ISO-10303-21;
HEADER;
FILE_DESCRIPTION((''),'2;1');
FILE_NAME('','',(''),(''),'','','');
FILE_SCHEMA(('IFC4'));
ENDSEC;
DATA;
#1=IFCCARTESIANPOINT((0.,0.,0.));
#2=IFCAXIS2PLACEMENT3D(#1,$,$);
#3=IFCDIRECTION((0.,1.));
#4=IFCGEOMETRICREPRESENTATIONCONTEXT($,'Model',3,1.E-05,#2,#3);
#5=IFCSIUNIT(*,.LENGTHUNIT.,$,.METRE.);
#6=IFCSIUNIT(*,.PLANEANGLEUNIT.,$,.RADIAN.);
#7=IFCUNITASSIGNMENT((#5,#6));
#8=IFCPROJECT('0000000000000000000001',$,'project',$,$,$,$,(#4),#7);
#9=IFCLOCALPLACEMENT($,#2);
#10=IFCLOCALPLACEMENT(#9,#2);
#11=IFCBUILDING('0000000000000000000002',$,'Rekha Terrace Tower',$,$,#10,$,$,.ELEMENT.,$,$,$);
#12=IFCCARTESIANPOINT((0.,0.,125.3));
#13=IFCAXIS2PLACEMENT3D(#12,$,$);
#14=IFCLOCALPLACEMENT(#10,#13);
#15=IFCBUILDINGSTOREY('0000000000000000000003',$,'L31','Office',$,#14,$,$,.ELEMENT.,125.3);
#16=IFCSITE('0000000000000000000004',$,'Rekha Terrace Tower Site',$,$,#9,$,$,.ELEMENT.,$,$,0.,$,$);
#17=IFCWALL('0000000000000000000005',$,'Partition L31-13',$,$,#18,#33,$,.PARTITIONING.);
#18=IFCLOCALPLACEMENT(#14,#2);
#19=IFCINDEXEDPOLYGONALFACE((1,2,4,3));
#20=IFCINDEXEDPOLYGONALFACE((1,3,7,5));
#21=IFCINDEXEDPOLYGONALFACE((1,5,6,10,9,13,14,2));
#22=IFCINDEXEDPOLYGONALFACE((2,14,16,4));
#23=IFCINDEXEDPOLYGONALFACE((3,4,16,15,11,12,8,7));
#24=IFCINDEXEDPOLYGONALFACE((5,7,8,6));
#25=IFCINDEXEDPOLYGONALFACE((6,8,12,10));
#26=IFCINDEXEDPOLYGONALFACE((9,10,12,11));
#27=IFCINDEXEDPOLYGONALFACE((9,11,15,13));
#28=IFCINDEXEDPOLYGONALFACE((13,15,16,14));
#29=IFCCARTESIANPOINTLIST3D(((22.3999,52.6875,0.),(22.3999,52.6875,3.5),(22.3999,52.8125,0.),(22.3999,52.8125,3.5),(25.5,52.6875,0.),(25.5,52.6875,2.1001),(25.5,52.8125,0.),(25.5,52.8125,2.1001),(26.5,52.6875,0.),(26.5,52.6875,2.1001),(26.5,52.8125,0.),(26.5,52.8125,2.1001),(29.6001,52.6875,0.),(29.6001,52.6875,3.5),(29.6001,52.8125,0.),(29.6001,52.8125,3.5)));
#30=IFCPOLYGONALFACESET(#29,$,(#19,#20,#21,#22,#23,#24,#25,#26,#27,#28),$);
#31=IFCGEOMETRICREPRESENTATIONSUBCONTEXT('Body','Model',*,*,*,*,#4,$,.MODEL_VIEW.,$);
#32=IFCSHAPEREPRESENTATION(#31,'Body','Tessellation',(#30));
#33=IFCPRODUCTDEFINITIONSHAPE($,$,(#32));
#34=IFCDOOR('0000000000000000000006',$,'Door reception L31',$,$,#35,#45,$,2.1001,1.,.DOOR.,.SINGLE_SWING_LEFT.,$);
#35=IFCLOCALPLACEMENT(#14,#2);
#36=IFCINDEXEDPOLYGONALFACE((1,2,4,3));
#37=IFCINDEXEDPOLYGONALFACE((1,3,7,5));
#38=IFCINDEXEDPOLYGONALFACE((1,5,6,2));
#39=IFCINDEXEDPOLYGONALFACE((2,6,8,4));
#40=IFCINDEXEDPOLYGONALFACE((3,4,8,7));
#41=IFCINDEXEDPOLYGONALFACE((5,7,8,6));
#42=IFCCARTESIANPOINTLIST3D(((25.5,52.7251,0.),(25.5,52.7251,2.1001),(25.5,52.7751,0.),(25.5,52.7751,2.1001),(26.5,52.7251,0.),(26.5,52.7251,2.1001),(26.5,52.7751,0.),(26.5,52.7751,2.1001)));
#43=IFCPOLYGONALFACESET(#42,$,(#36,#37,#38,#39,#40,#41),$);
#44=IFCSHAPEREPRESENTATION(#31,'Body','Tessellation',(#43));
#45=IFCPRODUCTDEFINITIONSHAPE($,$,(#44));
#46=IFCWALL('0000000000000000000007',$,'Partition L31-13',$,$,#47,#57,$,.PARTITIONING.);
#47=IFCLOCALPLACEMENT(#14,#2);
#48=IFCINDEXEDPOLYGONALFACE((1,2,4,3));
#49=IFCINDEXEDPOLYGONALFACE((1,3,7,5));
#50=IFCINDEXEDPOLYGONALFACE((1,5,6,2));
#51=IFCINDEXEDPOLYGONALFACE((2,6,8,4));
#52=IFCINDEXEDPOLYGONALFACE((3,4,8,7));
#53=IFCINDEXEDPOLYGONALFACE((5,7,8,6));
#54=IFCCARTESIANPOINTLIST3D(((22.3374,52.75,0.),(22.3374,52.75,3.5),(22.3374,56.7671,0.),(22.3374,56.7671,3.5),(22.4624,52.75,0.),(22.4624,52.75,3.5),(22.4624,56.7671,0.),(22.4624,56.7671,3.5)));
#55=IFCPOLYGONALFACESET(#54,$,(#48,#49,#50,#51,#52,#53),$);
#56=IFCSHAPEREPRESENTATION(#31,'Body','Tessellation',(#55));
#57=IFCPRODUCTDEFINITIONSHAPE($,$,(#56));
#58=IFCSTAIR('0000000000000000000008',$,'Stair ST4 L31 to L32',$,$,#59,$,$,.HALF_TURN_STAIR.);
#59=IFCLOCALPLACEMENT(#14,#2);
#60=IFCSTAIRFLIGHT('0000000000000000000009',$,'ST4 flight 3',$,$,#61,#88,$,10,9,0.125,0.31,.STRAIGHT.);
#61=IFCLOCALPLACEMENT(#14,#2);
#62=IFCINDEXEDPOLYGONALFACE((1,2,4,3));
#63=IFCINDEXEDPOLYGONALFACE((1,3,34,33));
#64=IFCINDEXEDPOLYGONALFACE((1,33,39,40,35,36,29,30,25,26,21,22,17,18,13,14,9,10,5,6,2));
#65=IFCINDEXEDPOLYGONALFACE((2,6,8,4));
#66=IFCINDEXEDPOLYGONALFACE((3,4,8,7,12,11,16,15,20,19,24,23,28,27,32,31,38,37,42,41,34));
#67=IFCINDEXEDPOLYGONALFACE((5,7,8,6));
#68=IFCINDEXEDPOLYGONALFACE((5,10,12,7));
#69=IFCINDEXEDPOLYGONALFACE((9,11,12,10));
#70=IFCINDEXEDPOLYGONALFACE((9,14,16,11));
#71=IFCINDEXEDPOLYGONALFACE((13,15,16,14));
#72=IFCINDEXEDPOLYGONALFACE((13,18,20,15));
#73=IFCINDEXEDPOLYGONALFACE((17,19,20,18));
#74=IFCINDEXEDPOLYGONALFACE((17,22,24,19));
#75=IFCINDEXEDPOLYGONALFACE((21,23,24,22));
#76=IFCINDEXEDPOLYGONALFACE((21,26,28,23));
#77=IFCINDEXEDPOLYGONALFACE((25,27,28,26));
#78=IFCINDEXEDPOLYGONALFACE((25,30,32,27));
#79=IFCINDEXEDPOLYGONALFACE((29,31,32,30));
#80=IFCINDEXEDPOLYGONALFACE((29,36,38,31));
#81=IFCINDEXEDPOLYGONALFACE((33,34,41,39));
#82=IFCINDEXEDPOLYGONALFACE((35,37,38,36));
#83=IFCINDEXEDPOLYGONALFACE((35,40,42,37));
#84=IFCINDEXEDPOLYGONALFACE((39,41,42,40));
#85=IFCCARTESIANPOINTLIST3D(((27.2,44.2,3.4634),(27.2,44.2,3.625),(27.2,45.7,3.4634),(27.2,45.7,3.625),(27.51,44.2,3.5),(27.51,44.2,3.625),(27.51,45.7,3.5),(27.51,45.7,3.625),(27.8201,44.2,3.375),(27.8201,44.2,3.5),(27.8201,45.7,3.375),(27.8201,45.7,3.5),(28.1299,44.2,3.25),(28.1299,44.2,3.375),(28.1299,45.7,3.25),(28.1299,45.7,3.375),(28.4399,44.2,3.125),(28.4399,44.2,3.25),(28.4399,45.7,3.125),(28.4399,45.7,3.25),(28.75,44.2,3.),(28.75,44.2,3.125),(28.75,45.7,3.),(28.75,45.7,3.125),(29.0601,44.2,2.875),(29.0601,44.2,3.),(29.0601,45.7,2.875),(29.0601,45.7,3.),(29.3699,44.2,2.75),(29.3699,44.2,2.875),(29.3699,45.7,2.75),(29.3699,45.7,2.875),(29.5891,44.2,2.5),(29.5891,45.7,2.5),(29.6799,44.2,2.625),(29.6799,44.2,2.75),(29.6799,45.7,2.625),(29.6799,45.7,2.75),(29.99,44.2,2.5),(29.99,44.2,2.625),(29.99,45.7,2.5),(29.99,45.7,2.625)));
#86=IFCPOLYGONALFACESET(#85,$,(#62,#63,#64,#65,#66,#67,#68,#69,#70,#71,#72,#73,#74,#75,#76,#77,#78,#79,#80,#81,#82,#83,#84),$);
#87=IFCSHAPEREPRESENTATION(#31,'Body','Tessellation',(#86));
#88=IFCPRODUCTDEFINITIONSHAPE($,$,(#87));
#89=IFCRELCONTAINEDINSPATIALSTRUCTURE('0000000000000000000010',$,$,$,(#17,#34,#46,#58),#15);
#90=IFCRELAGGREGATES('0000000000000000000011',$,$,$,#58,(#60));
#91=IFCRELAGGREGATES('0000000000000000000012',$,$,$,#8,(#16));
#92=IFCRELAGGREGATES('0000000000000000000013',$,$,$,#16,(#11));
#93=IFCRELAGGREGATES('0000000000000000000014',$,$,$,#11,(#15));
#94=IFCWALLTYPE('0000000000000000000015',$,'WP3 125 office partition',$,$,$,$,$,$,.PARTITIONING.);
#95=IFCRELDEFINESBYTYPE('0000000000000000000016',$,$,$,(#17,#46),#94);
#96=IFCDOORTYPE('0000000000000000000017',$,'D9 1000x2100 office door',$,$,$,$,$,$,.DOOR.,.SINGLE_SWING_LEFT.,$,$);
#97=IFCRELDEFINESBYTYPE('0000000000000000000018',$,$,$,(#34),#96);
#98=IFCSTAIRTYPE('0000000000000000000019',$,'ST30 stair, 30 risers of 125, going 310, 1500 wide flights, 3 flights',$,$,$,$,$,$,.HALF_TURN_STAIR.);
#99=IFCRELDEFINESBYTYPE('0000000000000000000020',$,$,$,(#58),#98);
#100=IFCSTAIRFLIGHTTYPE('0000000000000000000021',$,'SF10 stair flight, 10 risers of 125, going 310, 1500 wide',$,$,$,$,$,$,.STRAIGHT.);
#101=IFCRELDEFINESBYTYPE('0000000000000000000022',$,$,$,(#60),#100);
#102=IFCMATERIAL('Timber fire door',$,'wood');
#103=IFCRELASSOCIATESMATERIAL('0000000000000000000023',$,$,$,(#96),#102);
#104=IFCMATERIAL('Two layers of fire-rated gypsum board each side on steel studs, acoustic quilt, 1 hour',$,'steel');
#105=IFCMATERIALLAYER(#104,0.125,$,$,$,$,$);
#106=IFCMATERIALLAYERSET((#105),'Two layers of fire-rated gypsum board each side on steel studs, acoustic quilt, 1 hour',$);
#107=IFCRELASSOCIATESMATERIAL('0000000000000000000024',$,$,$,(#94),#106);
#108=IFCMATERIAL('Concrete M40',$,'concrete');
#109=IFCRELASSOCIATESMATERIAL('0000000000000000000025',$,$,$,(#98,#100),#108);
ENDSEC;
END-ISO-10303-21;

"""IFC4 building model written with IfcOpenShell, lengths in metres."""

from ifc_helpers import new_model, si_unit, direction, frame, frame_2d, origin, place, context, subcontext, project, spatial, polyline, rectangle, outline, extrude, material, layer, layer_set, type_object, element, fill, aggregate, save


model = new_model("IFC4")

# Units and contexts
model_context = context("Model", 3, precision=1e-05, world=origin(), true_north=direction((0.0, 1.0)))
body_context = subcontext(model_context, "Body", "Model", "MODEL_VIEW")
ifc_project = project(units=[si_unit("LENGTHUNIT", "METRE"), si_unit("PLANEANGLEUNIT", "RADIAN")], contexts=[model_context])

# Site, building, storey
site_placement = place(None, origin())
site = spatial("IfcSite", under=ifc_project, at=site_placement, Name="Rekha Terrace Tower Site", CompositionType="ELEMENT", RefElevation=0.0)
building_placement = place(site_placement, origin())
building = spatial("IfcBuilding", under=site, at=building_placement, Name="Rekha Terrace Tower", CompositionType="ELEMENT")
storey_placement = place(building_placement, frame((0.0, 0.0, 125.3)))
storey = spatial("IfcBuildingStorey", under=building, at=storey_placement, Name="L31", Description="Office", CompositionType="ELEMENT", Elevation=125.3)

# Shared definitions
ifc_material_1 = material(Name="Timber fire door", Category="wood")
door_type_1 = type_object("IfcDoorType", Name="D9 1000x2100 office door", OperationType="SINGLE_SWING_LEFT", PredefinedType="DOOR", material=ifc_material_1)

# Shared definitions
ifc_material_2 = material(Name="Two layers of fire-rated gypsum board each side on steel studs, acoustic quilt, 1 hour", Category="steel")
ifc_layer_1 = layer(ifc_material_2, 0.125)
ifc_layer_set_1 = layer_set([ifc_layer_1], Name="Two layers of fire-rated gypsum board each side on steel studs, acoustic quilt, 1 hour")
wall_type_1 = type_object("IfcWallType", Name="WP3 125 office partition", PredefinedType="PARTITIONING", material=ifc_layer_set_1)

# Wall, opening, door
wall_1_placement = place(storey_placement, frame((29.6001, 52.75, 0.0), z_axis=(0.0, 0.0, 1.0), x_axis=(-1.0, 0.0, 0.0)))
wall_1 = element("IfcWall", 1, at=wall_1_placement, inside=storey, type_object=wall_type_1, Name="Partition L31-13", PredefinedType="PARTITIONING", context=body_context, shape_type="SweptSolid", body=[
    extrude(rectangle(XDim=7.2002, YDim=0.125, at=frame_2d((3.6001, 0.0))), origin(), (0.0, 0.0, 1.0), 3.5),
])
opening_1_placement = place(wall_1_placement, frame((3.1001, 0.0, 0.0)))
opening_1 = element("IfcOpeningElement", 2, at=opening_1_placement, cuts=wall_1, PredefinedType="OPENING", context=body_context, shape_type="SweptSolid", body=[
    extrude(rectangle(XDim=1.0, YDim=2.1001, at=frame_2d((0.5, 1.05))), frame((0.0, 0.0725, 0.0), z_axis=(0.0, -1.0, 0.0), x_axis=(1.0, 0.0, 0.0)), (0.0, 0.0, 1.0), 0.145),
])
door_1_placement = place(opening_1_placement, origin())
door_1 = element("IfcDoor", 3, at=door_1_placement, inside=storey, type_object=door_type_1, Name="Door reception L31", OperationType="SINGLE_SWING_LEFT", OverallHeight=2.1001, OverallWidth=1.0, PredefinedType="DOOR", context=body_context, shape_type="SweptSolid", body=[
    extrude(rectangle(XDim=1.0, YDim=2.1001, at=frame_2d((0.5, 1.05))), frame((0.0, 0.0249, 0.0), z_axis=(0.0, -1.0, 0.0), x_axis=(1.0, 0.0, 0.0)), (0.0, 0.0, 1.0), 0.05),
])
fill(opening_1, door_1)

# Wall
wall_2_placement = place(storey_placement, frame((22.3999, 52.75, 0.0), z_axis=(0.0, 0.0, 1.0), x_axis=(0.0, 1.0, 0.0)))
element("IfcWall", 4, at=wall_2_placement, inside=storey, type_object=wall_type_1, Name="Partition L31-13", PredefinedType="PARTITIONING", context=body_context, shape_type="SweptSolid", body=[
    extrude(rectangle(XDim=4.0171, YDim=0.125, at=frame_2d((2.0085, 0.0))), origin(), (0.0, 0.0, 1.0), 3.5),
])

# Stair, stair flight
ifc_material_3 = material(Name="Concrete M40", Category="concrete")
stair_type = type_object("IfcStairType", Name="ST30 stair, 30 risers of 125, going 310, 1500 wide flights, 3 flights", PredefinedType="HALF_TURN_STAIR", material=ifc_material_3)
stair_placement = place(storey_placement, origin())
stair = element("IfcStair", 5, at=stair_placement, inside=storey, type_object=stair_type, Name="Stair ST4 L31 to L32", PredefinedType="HALF_TURN_STAIR")
stair_flight_type = type_object("IfcStairFlightType", Name="SF10 stair flight, 10 risers of 125, going 310, 1500 wide", PredefinedType="STRAIGHT", material=ifc_material_3)
stair_flight_placement = place(storey_placement, frame((29.99, 44.95, 2.5), z_axis=(0.0, 0.0, 1.0), x_axis=(-1.0, 0.0, 0.0)))
stair_flight = element("IfcStairFlight", 6, at=stair_flight_placement, type_object=stair_flight_type, Name="ST4 flight 3", NumberOfRisers=10, NumberOfTreads=9, PredefinedType="STRAIGHT", RiserHeight=0.125, TreadLength=0.31, context=body_context, shape_type="SweptSolid", body=[
    extrude(outline(polyline([(0.0, 0.0), (0.0, 0.125), (0.3101, 0.125), (0.3101, 0.25), (0.6201, 0.25), (0.6201, 0.375), (0.9299, 0.375), (0.9299, 0.5), (1.24, 0.5), (1.24, 0.625), (1.55, 0.625), (1.55, 0.75), (1.8601, 0.75), (1.8601, 0.875), (2.1699, 0.875), (2.1699, 1.0), (2.48, 1.0), (2.48, 1.125), (2.79, 1.125), (2.79, 1.25), (2.79, 0.9634), (0.4009, 0.0), (0.0, 0.0)])), frame((0.0, 0.75, 0.0), z_axis=(0.0, -1.0, 0.0), x_axis=(1.0, 0.0, 0.0)), (0.0, 0.0, 1.0), 1.5),
])
aggregate(stair, [stair_flight])

save(model, "model.ifc")
